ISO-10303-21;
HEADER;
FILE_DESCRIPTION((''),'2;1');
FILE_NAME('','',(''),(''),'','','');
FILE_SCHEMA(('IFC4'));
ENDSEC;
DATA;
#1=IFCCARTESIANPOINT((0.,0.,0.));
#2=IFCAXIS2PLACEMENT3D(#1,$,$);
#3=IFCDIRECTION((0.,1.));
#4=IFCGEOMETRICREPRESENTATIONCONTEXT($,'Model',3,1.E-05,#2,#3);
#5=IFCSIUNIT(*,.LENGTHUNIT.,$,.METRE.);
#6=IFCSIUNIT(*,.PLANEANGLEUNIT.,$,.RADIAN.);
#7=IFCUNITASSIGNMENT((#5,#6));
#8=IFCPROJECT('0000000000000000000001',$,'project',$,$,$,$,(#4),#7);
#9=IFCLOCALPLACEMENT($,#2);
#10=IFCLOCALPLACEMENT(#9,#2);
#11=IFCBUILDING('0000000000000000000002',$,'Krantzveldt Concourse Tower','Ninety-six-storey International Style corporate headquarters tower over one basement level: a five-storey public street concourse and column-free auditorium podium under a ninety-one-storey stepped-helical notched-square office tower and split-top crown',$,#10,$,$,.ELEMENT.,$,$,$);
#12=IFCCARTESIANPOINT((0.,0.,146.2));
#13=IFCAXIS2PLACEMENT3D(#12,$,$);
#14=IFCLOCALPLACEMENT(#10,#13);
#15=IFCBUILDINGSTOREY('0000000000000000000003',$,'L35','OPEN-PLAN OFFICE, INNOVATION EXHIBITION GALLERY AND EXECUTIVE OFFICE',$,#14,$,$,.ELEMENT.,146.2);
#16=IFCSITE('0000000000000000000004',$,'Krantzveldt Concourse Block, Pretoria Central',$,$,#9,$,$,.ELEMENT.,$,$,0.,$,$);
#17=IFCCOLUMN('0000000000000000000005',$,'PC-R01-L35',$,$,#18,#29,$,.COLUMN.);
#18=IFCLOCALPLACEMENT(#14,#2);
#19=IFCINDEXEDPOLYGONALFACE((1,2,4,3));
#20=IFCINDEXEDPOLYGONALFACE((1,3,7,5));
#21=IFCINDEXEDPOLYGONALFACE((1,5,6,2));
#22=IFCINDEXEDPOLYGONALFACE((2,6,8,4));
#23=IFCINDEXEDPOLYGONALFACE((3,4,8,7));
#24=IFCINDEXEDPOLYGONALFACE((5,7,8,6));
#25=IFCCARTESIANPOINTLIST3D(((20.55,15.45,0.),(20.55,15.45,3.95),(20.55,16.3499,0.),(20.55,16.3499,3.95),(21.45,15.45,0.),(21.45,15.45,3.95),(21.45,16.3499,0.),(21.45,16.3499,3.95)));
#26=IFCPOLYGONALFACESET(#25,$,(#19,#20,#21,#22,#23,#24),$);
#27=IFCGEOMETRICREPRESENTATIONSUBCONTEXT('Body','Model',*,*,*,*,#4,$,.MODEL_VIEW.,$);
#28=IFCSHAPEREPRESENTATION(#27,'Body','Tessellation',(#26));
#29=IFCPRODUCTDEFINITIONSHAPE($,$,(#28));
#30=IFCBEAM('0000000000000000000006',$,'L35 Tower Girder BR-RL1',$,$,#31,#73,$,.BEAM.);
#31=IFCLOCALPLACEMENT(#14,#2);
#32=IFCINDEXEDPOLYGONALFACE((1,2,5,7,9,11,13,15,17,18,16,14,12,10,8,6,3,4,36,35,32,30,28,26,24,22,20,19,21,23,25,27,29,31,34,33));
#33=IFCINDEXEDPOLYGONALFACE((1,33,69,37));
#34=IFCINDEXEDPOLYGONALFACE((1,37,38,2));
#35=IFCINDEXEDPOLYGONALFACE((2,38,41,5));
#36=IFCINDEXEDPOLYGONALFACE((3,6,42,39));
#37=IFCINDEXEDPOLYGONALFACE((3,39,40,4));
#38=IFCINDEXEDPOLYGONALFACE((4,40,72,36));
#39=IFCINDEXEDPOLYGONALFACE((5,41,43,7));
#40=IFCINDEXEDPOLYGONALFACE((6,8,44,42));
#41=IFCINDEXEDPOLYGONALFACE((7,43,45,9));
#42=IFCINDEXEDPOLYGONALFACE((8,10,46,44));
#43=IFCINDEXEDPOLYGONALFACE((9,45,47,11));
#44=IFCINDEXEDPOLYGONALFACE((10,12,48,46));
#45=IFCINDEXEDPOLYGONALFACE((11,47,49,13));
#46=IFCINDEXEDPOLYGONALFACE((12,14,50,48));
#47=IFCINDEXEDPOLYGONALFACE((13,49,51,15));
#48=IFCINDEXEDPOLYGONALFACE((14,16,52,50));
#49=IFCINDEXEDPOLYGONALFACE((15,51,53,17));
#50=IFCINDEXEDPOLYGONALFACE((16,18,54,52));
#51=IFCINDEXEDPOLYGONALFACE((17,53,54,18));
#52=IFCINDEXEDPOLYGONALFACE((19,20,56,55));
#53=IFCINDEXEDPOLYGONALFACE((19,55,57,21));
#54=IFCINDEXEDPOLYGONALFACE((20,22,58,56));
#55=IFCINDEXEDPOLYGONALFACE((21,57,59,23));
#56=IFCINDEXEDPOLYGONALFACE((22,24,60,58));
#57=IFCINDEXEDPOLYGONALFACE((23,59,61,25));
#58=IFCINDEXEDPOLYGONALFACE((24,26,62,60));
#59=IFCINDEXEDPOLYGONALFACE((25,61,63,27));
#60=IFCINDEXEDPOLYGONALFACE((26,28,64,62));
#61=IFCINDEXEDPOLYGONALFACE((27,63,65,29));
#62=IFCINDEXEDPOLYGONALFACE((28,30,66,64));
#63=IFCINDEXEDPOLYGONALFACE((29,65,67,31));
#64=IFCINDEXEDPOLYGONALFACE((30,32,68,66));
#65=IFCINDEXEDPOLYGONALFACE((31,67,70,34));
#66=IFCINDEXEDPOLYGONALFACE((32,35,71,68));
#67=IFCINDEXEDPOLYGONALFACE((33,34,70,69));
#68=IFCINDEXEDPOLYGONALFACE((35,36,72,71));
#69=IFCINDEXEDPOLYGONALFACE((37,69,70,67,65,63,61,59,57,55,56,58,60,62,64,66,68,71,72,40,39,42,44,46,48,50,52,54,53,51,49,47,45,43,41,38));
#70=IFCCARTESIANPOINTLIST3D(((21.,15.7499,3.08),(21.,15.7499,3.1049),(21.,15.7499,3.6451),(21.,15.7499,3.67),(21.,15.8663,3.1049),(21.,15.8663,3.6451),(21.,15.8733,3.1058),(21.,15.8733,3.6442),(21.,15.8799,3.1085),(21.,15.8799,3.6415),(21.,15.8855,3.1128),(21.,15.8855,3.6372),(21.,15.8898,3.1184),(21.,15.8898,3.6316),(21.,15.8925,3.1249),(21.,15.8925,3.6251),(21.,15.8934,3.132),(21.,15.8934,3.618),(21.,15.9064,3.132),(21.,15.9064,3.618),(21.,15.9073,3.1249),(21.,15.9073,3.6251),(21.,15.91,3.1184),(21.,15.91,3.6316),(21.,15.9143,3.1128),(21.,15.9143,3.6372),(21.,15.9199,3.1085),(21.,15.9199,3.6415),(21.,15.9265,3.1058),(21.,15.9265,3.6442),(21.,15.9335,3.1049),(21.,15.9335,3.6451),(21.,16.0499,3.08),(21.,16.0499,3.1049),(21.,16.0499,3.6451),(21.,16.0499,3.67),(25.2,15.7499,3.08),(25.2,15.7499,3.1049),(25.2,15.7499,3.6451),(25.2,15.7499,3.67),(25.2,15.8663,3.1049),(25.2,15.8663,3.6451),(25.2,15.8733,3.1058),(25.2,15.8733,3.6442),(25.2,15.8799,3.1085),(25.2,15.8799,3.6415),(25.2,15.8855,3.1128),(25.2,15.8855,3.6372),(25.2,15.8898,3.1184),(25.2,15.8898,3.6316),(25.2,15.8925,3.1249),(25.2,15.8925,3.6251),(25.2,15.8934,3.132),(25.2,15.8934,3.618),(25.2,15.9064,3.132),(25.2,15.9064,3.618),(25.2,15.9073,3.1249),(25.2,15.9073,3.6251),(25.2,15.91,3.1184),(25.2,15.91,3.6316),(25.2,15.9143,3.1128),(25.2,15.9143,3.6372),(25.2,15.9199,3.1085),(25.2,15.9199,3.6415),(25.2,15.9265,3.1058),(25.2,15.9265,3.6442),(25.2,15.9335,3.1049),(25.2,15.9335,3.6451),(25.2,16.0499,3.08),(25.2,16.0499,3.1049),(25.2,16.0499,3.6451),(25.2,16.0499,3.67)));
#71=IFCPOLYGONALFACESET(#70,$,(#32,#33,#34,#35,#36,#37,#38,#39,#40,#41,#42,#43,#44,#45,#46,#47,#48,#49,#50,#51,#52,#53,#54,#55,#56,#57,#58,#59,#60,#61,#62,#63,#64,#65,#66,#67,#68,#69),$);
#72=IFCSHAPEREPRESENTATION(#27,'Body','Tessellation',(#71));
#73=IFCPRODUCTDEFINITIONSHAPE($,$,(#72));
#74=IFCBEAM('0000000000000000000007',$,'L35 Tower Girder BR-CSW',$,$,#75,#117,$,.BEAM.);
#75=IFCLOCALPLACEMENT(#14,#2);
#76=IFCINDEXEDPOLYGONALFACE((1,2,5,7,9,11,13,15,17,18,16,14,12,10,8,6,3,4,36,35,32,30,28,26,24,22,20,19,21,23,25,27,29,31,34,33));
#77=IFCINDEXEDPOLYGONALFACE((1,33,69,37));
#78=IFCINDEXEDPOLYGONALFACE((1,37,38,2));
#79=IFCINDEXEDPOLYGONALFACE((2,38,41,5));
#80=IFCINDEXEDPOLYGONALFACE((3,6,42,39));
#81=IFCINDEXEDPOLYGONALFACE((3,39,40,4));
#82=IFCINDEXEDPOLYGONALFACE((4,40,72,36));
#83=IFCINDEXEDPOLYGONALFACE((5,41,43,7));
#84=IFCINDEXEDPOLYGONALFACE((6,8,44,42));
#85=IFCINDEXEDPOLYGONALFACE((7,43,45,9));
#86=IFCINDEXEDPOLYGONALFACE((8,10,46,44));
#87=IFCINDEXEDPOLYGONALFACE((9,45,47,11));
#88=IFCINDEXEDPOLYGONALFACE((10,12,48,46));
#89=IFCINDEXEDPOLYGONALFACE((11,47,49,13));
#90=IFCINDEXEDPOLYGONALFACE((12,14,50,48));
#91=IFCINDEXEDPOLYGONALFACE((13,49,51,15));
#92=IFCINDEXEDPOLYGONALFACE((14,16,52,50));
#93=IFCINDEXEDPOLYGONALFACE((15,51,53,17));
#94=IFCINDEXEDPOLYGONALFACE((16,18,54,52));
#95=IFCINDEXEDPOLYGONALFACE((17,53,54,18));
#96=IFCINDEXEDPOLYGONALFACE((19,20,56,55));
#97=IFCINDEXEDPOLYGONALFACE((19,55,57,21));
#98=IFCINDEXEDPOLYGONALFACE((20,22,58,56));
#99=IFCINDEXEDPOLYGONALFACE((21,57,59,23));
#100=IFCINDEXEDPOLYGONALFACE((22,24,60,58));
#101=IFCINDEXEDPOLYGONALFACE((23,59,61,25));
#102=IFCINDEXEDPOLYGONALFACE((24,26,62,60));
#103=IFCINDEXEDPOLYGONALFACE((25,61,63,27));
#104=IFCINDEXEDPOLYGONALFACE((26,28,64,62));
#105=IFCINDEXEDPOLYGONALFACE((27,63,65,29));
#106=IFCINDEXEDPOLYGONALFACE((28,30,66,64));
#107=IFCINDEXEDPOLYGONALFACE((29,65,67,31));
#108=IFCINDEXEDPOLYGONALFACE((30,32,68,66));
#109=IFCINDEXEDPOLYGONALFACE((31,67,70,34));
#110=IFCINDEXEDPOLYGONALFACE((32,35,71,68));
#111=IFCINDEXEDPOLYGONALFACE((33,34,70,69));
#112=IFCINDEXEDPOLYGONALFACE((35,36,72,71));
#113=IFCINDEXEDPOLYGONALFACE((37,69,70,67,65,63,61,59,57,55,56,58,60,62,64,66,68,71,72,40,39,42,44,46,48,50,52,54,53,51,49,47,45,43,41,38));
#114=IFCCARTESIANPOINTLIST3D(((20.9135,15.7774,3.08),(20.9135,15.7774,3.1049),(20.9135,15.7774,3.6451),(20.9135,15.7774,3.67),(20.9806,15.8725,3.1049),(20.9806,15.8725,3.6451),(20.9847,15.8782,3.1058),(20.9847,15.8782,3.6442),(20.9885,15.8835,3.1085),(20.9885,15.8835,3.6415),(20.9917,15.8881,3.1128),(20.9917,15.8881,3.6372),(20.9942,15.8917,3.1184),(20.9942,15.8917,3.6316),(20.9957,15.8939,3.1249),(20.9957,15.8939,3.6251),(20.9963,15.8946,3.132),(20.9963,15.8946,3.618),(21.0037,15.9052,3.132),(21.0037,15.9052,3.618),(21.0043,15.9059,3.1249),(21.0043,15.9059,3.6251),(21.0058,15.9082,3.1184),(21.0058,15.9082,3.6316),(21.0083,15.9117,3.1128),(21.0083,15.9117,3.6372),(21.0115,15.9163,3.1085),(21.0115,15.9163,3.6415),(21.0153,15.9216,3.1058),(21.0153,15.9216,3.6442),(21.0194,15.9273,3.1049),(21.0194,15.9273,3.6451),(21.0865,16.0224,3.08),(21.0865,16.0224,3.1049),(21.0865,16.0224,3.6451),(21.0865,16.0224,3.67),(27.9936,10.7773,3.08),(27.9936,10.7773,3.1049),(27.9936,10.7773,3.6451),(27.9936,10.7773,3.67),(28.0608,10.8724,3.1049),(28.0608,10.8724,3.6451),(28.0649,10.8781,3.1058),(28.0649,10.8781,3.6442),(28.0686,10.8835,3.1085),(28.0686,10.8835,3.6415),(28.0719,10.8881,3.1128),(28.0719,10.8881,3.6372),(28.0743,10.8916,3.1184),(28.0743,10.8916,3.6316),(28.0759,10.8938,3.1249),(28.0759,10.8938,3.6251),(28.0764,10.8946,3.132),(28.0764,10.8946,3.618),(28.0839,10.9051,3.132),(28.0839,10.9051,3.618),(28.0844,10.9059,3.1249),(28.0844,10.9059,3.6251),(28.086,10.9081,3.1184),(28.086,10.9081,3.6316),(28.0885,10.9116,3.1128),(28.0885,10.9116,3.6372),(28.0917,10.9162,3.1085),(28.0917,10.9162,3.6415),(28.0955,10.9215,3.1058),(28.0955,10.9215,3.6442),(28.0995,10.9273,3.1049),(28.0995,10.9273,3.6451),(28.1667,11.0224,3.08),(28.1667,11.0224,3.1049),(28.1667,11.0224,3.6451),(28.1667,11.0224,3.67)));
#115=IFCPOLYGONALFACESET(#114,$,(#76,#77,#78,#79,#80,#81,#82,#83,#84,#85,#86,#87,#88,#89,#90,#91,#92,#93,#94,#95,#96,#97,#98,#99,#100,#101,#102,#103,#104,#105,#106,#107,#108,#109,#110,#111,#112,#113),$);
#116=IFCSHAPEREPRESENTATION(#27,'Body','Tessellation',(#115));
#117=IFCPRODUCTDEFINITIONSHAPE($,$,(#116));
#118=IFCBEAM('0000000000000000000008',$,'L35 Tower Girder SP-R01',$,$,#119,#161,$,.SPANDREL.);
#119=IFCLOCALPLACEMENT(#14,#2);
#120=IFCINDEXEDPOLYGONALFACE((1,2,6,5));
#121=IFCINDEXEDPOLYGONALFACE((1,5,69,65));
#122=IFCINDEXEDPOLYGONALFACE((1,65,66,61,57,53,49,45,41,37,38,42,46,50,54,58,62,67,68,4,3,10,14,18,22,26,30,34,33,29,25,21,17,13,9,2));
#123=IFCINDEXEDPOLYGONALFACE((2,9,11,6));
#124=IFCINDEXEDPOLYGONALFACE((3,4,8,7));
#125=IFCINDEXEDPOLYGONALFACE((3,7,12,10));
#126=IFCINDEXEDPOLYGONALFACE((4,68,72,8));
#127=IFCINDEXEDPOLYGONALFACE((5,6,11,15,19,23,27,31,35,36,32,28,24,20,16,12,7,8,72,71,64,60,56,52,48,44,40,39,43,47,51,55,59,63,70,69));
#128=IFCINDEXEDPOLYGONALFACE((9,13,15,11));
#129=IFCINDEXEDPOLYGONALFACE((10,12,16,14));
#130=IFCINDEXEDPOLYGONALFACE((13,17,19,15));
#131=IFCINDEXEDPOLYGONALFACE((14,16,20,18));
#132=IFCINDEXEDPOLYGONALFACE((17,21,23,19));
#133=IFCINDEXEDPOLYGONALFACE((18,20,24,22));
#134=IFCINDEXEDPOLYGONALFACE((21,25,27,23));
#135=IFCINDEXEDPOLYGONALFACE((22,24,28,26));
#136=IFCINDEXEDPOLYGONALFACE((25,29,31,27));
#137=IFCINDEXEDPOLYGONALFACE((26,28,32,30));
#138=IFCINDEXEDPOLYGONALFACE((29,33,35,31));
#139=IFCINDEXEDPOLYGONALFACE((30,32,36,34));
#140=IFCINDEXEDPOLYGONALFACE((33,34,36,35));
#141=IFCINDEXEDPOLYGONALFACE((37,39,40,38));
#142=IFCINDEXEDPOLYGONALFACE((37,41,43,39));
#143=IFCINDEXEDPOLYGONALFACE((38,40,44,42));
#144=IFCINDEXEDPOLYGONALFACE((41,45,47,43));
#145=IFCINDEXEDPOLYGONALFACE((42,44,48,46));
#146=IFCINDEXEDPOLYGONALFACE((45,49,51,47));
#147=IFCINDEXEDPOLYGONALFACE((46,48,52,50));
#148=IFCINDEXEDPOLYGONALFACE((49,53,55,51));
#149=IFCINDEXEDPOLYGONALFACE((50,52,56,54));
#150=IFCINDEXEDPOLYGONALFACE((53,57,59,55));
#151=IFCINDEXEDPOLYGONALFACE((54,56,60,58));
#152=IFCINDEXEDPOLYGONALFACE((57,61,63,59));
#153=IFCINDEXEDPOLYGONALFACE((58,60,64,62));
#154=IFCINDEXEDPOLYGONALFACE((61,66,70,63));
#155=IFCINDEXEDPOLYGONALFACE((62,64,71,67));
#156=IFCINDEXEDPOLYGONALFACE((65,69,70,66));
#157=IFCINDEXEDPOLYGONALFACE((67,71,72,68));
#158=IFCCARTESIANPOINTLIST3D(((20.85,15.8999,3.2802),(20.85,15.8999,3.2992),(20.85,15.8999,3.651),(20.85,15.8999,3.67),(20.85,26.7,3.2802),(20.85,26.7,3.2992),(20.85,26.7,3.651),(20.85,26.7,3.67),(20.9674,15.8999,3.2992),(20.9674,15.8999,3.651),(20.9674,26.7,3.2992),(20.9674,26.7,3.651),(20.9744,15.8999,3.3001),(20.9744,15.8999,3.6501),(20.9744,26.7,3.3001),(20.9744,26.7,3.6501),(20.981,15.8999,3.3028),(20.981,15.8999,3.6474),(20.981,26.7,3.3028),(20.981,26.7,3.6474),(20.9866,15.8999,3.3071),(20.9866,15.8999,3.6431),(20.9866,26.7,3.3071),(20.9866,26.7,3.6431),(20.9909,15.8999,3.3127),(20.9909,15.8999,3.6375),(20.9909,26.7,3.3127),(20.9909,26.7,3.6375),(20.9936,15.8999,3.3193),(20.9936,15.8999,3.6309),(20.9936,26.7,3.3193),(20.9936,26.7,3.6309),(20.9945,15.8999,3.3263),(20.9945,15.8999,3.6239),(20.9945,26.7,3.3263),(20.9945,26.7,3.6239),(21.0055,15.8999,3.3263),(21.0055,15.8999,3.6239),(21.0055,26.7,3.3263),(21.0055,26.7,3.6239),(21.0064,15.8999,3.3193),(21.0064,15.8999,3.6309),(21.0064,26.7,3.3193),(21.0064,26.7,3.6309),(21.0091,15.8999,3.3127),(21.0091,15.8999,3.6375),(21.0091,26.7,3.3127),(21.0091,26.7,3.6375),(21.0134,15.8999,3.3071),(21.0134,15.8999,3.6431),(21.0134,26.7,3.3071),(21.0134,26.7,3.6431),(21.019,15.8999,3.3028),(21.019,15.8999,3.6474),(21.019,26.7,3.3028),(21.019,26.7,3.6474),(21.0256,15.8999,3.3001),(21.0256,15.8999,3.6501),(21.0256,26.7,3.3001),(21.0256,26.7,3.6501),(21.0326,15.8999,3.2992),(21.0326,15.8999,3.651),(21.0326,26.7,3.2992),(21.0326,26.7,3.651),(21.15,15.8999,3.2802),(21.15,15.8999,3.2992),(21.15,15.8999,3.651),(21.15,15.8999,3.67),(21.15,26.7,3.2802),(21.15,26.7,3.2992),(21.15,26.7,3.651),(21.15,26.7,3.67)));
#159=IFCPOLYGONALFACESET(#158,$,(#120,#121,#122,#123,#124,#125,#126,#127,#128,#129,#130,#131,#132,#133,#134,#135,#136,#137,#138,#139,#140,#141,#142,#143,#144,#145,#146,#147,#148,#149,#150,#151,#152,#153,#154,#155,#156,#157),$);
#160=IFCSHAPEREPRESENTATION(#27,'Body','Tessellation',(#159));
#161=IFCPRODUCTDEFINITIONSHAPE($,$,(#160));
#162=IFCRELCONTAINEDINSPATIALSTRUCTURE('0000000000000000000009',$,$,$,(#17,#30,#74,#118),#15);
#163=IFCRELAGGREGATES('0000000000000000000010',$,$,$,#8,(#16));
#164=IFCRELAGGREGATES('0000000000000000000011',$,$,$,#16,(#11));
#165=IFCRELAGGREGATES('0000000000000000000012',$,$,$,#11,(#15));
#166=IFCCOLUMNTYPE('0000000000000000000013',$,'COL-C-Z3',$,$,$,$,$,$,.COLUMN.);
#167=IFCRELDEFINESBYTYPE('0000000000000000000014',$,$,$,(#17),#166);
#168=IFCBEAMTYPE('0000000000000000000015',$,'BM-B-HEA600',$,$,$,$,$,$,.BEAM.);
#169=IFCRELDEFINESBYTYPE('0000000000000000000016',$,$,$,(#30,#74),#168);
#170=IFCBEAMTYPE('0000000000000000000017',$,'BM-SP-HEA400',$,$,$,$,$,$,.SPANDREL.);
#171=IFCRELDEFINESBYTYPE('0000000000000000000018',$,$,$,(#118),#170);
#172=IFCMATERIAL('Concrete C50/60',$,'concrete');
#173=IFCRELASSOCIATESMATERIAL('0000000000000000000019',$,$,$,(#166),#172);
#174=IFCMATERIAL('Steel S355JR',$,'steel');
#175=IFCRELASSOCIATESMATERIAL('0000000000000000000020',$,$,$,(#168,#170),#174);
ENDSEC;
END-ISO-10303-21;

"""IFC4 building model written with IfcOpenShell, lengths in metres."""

from ifc_helpers import new_model, si_unit, direction, frame, origin, origin_2d, place, context, subcontext, project, spatial, rectangle, i_section, extrude, source, transform, mapped, material, material_profile, profile_set, type_object, type_shapes, element, save


model = new_model("IFC4")

# Units and contexts
model_context = context("Model", 3, precision=1e-05, world=origin(), true_north=direction((0.0, 1.0)))
body_context = subcontext(model_context, "Body", "Model", "MODEL_VIEW")
ifc_project = project(units=[si_unit("LENGTHUNIT", "METRE"), si_unit("PLANEANGLEUNIT", "RADIAN")], contexts=[model_context])

# Site, building, storey
site_placement = place(None, origin())
site = spatial("IfcSite", under=ifc_project, at=site_placement, Name="Krantzveldt Concourse Block, Pretoria Central", CompositionType="ELEMENT", RefElevation=0.0)
building_placement = place(site_placement, origin())
building = spatial("IfcBuilding", under=site, at=building_placement, Name="Krantzveldt Concourse Tower", Description="Ninety-six-storey International Style corporate headquarters tower over one basement level: a five-storey public street concourse and column-free auditorium podium under a ninety-one-storey stepped-helical notched-square office tower and split-top crown", CompositionType="ELEMENT")
storey_placement = place(building_placement, frame((0.0, 0.0, 146.2)))
storey = spatial("IfcBuildingStorey", under=building, at=storey_placement, Name="L35", Description="OPEN-PLAN OFFICE, INNOVATION EXHIBITION GALLERY AND EXECUTIVE OFFICE", CompositionType="ELEMENT", Elevation=146.2)

# Column
ifc_material_1 = material(Name="Concrete C50/60", Category="concrete")
ifc_material_profile_1 = material_profile(ifc_material_1, rectangle(XDim=0.8999, YDim=0.8999, at=origin_2d()), Name="Concrete C50/60", Category="concrete")
ifc_profile_set_1 = profile_set([ifc_material_profile_1], Name="Concrete C50/60 - RC 900x900")
column_type = type_object("IfcColumnType", Name="COL-C-Z3", PredefinedType="COLUMN", material=ifc_profile_set_1)
shared_shape_1 = source(origin(), body_context, "Body", "SweptSolid", [
    extrude(rectangle(XDim=0.8999, YDim=0.8999, at=origin_2d()), origin(), (0.0, 0.0, 1.0), 3.95),
])
type_shapes(column_type, [shared_shape_1])
column_placement = place(storey_placement, frame((21.0, 15.8999, 0.0), z_axis=(0.0, 0.0, 1.0), x_axis=(1.0, 0.0, 0.0)))
element("IfcColumn", 1, at=column_placement, inside=storey, type_object=column_type, Name="PC-R01-L35", PredefinedType="COLUMN", context=body_context, shape_type="MappedRepresentation", body=[
    mapped(shared_shape_1, transform((0.0, 0.0, 0.0), x_axis=(1.0, 0.0, 0.0), y_axis=(0.0, 1.0, 0.0), z_axis=(0.0, 0.0, 1.0), scale=1.0)),
])

# Beams
ifc_material_2 = material(Name="Steel S355JR", Category="steel")
ifc_material_profile_2 = material_profile(ifc_material_2, i_section(OverallWidth=0.3, OverallDepth=0.5901, WebThickness=0.0129, FlangeThickness=0.0249, FilletRadius=0.0271, at=origin_2d()), Name="Steel S355JR", Category="steel")
ifc_profile_set_2 = profile_set([ifc_material_profile_2], Name="Steel S355JR - HEA 600")
beam_type_1 = type_object("IfcBeamType", Name="BM-B-HEA600", PredefinedType="BEAM", material=ifc_profile_set_2)
shared_shape_2 = source(origin(), body_context, "Body", "SweptSolid", [
    extrude(i_section(OverallWidth=0.3, OverallDepth=0.5901, WebThickness=0.0129, FlangeThickness=0.0249, FilletRadius=0.0271, at=origin_2d()), origin(), (0.0, 0.0, 1.0), 4.2),
])
beam_1_placement = place(storey_placement, frame((21.0, 15.8999, 3.375), z_axis=(1.0, 0.0, 0.0), x_axis=(0.0, 1.0, 0.0)))
element("IfcBeam", 2, at=beam_1_placement, inside=storey, type_object=beam_type_1, Name="L35 Tower Girder BR-RL1", PredefinedType="BEAM", context=body_context, shape_type="MappedRepresentation", body=[
    mapped(shared_shape_2, transform((0.0, 0.0, 0.0), x_axis=(1.0, 0.0, 0.0), y_axis=(0.0, 1.0, 0.0), z_axis=(0.0, 0.0, 1.0), scale=1.0)),
])
shared_shape_3 = source(origin(), body_context, "Body", "SweptSolid", [
    extrude(i_section(OverallWidth=0.3, OverallDepth=0.5901, WebThickness=0.0129, FlangeThickness=0.0249, FilletRadius=0.0271, at=origin_2d()), origin(), (0.0, 0.0, 1.0), 8.6677),
])
type_shapes(beam_type_1, [shared_shape_2, shared_shape_3])
beam_2_placement = place(storey_placement, frame((21.0, 15.8999, 3.375), z_axis=(0.816843, -0.57686, 0.0), x_axis=(0.57686, 0.816843, 0.0)))
element("IfcBeam", 3, at=beam_2_placement, inside=storey, type_object=beam_type_1, Name="L35 Tower Girder BR-CSW", PredefinedType="BEAM", context=body_context, shape_type="MappedRepresentation", body=[
    mapped(shared_shape_3, transform((0.0, 0.0, 0.0), x_axis=(1.0, 0.0, 0.0), y_axis=(0.0, 1.0, 0.0), z_axis=(0.0, 0.0, 1.0), scale=1.0)),
])
ifc_material_profile_3 = material_profile(ifc_material_2, i_section(OverallWidth=0.3, OverallDepth=0.3899, WebThickness=0.011, FlangeThickness=0.019, FilletRadius=0.0271, at=origin_2d()), Name="Steel S355JR", Category="steel")
ifc_profile_set_3 = profile_set([ifc_material_profile_3], Name="Steel S355JR - HEA 400")
beam_type_2 = type_object("IfcBeamType", Name="BM-SP-HEA400", PredefinedType="SPANDREL", material=ifc_profile_set_3)
shared_shape_4 = source(origin(), body_context, "Body", "SweptSolid", [
    extrude(i_section(OverallWidth=0.3, OverallDepth=0.3899, WebThickness=0.011, FlangeThickness=0.019, FilletRadius=0.0271, at=origin_2d()), origin(), (0.0, 0.0, 1.0), 10.8),
])
type_shapes(beam_type_2, [shared_shape_4])
beam_3_placement = place(storey_placement, frame((21.0, 15.8999, 3.4751), z_axis=(0.0, 1.0, 0.0), x_axis=(-1.0, 0.0, 0.0)))
element("IfcBeam", 4, at=beam_3_placement, inside=storey, type_object=beam_type_2, Name="L35 Tower Girder SP-R01", PredefinedType="SPANDREL", context=body_context, shape_type="MappedRepresentation", body=[
    mapped(shared_shape_4, transform((0.0, 0.0, 0.0), x_axis=(1.0, 0.0, 0.0), y_axis=(0.0, 1.0, 0.0), z_axis=(0.0, 0.0, 1.0), scale=1.0)),
])

save(model, "model.ifc")
